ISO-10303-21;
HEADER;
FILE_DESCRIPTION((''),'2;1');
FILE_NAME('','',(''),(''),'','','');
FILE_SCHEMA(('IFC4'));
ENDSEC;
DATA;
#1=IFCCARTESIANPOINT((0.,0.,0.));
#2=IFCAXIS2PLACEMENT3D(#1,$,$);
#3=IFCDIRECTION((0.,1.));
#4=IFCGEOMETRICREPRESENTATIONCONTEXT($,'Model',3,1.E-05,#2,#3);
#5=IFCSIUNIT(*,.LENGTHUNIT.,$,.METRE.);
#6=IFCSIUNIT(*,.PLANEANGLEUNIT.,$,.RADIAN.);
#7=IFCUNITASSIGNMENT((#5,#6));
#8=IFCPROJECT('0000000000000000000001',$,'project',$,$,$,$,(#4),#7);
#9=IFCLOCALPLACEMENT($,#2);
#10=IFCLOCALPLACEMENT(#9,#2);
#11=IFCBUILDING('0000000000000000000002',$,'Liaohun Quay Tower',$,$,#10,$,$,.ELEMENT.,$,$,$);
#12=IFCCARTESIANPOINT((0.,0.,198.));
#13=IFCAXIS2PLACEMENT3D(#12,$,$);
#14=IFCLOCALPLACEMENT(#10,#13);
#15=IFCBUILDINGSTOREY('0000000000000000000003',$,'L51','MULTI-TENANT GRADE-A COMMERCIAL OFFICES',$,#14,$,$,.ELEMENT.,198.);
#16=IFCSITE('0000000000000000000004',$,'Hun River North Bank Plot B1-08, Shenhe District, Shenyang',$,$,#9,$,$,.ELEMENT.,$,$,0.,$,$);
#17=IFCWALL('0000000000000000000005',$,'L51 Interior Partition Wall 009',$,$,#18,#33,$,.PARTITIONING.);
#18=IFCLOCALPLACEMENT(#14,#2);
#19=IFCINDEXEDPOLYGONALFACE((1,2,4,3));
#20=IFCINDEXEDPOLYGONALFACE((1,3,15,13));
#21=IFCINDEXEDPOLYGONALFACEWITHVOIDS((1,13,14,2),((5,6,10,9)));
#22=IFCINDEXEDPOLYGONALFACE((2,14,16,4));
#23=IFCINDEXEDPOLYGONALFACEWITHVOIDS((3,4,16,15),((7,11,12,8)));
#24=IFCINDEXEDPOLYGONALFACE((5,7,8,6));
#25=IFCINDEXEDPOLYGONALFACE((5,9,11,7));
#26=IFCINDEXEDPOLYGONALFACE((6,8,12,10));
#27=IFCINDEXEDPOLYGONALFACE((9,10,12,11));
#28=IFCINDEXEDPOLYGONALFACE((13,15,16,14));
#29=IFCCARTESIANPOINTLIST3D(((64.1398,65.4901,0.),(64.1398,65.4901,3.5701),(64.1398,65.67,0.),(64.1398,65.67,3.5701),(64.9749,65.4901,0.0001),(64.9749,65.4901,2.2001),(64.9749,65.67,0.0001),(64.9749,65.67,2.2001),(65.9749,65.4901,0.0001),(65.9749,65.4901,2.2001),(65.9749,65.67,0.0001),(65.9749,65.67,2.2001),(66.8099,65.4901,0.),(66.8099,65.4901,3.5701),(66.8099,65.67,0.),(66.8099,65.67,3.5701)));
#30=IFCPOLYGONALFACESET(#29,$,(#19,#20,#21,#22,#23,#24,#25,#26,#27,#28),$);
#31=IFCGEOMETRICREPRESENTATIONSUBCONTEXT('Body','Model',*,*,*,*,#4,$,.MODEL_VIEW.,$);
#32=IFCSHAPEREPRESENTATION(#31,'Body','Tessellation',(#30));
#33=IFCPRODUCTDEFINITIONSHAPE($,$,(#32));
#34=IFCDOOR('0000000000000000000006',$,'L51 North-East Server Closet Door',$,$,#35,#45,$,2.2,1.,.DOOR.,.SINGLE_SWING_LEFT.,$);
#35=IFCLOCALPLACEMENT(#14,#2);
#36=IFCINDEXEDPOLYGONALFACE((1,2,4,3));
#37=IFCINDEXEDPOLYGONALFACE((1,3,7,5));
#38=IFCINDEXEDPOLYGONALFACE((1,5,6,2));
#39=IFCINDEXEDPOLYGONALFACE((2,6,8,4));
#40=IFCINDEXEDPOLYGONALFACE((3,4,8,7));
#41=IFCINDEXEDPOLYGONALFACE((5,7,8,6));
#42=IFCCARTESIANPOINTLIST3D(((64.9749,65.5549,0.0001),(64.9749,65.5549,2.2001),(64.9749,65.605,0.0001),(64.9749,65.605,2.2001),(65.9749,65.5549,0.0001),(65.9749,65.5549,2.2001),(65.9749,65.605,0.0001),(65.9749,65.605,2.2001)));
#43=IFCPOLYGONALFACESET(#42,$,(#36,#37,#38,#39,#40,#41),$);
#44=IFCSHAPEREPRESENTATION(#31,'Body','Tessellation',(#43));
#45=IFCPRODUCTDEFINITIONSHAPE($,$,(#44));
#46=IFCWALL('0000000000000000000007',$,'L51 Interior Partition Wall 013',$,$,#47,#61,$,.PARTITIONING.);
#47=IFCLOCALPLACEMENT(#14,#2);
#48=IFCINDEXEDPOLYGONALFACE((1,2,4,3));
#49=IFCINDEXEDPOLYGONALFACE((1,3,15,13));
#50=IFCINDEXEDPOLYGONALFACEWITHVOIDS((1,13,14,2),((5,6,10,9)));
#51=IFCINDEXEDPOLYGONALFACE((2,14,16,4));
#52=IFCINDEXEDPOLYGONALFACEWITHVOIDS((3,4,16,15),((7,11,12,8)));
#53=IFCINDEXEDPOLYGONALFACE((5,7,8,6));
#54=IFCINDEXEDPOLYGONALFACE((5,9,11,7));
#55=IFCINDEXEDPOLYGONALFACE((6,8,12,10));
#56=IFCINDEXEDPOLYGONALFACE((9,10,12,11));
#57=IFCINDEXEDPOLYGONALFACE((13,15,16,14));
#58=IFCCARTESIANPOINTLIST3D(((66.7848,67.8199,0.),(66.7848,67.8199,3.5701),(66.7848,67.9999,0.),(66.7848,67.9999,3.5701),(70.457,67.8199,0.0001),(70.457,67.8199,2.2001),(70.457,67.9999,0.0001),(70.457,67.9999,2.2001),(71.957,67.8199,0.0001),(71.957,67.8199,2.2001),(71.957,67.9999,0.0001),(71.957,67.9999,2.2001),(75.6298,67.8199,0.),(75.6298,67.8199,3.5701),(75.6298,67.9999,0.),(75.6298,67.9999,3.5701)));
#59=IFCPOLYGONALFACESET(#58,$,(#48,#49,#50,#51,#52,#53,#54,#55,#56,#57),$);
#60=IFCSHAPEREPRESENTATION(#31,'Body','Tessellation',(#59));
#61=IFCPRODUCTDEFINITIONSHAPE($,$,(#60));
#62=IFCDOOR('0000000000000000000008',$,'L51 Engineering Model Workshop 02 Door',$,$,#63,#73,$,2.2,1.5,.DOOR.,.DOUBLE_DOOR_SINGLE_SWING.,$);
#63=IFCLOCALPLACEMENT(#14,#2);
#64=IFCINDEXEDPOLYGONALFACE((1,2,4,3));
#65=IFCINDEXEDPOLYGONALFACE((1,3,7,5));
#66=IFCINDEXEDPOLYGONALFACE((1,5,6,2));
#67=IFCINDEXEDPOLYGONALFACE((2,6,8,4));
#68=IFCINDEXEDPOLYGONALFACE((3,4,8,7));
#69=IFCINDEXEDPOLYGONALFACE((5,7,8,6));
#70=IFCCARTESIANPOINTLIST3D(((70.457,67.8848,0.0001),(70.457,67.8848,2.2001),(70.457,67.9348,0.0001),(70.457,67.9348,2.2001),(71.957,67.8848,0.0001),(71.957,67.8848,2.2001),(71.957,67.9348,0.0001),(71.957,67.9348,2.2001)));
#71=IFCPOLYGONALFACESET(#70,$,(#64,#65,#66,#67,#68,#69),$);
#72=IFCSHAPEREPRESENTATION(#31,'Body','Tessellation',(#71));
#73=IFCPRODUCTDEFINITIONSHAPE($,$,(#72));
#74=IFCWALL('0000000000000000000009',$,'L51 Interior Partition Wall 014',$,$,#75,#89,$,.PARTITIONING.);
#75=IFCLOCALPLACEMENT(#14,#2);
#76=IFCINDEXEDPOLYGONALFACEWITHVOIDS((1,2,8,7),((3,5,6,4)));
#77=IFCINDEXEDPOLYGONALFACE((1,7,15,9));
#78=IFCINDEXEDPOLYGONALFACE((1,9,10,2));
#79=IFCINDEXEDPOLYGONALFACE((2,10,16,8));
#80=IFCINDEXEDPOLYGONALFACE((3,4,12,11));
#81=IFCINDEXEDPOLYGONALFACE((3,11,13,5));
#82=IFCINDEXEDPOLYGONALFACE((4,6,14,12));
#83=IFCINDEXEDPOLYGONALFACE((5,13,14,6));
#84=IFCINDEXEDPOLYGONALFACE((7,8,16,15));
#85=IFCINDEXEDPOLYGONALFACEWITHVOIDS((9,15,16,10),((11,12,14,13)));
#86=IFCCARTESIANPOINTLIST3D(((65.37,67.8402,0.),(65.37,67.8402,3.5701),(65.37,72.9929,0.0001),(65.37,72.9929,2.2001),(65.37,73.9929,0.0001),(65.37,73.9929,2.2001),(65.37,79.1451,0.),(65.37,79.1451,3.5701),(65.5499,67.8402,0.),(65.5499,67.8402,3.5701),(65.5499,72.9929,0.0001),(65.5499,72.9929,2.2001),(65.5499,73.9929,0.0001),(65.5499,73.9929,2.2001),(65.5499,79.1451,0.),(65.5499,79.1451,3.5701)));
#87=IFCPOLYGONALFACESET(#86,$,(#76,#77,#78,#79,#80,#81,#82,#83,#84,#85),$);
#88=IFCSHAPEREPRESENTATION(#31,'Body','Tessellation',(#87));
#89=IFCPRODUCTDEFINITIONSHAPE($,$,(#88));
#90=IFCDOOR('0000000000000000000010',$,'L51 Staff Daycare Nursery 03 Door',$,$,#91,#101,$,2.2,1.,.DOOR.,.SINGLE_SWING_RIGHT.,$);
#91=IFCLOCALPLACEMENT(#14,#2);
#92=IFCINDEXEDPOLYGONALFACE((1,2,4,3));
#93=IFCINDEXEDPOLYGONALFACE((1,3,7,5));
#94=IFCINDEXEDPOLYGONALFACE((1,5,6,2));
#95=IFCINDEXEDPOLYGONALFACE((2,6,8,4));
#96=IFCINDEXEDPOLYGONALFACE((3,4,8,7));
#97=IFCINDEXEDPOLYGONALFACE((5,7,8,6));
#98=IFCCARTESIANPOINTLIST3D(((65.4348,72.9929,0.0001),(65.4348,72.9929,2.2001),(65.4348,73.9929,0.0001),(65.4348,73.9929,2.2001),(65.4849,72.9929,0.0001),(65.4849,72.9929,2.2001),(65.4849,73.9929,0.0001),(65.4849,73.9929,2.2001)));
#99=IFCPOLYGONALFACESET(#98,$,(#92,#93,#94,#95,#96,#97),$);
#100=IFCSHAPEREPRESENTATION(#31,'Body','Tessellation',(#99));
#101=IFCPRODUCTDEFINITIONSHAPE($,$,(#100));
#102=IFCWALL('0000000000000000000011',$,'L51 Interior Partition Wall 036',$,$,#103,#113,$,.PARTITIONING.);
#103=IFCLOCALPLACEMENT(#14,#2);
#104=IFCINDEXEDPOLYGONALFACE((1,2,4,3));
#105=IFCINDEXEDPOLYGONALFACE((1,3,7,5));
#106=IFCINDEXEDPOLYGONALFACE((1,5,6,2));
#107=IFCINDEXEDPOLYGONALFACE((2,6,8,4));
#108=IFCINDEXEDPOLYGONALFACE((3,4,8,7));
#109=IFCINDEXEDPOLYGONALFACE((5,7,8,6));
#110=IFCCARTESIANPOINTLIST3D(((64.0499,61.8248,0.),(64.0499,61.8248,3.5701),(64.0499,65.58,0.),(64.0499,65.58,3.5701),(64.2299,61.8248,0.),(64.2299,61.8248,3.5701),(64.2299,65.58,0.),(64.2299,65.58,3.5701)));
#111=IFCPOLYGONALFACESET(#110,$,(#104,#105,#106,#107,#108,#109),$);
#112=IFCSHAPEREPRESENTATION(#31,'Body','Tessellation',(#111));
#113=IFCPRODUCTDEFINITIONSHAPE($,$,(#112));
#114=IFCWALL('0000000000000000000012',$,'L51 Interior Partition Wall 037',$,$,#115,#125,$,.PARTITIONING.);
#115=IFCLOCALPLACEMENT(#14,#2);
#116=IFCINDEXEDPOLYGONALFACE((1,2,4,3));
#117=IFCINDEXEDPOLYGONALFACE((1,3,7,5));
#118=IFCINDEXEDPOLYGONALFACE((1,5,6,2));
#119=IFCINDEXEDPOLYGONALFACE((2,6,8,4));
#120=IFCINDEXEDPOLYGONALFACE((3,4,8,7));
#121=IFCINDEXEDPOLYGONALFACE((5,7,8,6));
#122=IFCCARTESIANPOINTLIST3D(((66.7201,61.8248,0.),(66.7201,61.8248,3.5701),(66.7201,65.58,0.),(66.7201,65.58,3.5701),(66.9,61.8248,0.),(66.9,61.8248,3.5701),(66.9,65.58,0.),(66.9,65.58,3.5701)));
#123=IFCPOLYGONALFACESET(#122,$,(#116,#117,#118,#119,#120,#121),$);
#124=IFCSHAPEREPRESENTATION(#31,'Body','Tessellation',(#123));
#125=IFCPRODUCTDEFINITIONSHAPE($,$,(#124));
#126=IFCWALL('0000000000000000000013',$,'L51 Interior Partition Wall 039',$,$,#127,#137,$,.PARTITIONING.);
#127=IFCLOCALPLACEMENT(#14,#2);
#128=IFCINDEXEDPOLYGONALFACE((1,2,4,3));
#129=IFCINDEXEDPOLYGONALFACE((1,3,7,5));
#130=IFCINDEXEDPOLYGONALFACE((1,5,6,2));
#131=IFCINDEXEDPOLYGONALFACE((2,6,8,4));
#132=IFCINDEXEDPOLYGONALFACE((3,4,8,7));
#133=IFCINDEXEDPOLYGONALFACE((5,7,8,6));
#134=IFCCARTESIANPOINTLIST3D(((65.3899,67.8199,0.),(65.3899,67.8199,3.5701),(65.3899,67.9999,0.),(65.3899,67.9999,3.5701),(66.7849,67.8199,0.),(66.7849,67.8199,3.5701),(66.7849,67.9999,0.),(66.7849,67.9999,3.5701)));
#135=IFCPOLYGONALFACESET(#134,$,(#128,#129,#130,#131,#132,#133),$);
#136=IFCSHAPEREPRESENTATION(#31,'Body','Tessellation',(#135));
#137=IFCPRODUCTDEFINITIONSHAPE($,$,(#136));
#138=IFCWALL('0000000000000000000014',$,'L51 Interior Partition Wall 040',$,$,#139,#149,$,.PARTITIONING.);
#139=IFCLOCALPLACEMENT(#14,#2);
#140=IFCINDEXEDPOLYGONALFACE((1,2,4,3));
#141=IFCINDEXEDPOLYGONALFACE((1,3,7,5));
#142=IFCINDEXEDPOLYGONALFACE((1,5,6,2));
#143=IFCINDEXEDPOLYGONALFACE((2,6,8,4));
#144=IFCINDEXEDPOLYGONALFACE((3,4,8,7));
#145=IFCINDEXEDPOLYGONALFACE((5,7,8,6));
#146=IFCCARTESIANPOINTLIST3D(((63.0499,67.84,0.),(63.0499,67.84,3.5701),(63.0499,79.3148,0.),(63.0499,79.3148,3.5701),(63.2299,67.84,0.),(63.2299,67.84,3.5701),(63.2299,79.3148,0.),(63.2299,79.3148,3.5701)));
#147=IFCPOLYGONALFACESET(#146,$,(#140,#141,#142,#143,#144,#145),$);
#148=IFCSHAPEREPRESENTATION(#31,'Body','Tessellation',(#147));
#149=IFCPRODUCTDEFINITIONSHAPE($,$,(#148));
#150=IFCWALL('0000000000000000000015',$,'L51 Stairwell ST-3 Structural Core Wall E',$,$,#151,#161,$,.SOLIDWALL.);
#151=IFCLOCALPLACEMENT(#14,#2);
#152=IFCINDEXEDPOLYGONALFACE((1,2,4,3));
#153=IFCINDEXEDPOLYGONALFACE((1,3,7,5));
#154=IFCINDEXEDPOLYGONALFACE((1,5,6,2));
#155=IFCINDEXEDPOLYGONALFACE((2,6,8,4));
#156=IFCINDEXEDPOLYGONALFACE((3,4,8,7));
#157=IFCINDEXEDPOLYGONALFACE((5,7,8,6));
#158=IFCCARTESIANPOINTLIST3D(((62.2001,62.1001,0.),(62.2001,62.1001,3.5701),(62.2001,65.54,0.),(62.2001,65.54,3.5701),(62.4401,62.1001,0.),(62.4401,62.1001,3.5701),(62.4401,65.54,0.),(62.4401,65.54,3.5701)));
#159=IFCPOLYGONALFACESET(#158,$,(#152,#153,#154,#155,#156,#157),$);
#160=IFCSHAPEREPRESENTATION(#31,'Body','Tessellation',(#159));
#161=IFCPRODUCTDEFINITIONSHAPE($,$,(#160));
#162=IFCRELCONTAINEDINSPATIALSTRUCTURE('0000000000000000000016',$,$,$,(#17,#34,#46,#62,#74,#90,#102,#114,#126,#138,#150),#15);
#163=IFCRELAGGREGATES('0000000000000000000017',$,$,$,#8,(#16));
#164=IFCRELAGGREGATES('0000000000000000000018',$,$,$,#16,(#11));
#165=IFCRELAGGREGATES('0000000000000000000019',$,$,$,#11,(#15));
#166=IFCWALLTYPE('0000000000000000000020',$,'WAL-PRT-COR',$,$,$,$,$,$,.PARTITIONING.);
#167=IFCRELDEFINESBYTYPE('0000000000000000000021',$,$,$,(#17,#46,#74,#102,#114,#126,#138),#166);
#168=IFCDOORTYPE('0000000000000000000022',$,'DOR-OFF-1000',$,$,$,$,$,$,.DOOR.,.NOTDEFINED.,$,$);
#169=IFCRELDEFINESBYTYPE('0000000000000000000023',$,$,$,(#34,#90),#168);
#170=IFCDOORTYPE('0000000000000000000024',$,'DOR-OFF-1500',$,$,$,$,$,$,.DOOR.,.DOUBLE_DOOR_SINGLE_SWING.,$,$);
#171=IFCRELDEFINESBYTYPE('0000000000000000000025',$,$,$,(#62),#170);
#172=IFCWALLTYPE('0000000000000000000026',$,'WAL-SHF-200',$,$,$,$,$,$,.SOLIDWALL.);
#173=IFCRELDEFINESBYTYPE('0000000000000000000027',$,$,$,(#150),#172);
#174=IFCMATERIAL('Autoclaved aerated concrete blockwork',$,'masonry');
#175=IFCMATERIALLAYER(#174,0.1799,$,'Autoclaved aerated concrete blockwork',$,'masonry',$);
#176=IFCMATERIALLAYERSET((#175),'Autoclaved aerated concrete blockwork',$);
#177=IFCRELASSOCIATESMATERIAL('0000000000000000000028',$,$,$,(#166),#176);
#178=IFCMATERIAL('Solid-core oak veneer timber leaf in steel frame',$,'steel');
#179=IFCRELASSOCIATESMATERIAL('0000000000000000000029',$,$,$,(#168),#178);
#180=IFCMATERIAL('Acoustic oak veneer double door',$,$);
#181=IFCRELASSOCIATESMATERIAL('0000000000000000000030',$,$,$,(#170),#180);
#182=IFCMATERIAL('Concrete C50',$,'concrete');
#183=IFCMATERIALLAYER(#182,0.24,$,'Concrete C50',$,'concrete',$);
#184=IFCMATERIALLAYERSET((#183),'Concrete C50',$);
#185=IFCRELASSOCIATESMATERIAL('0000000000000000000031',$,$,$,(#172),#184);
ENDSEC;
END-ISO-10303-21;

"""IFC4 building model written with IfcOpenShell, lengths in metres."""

from ifc_helpers import new_model, si_unit, direction, frame, frame_2d, origin, place, context, subcontext, project, spatial, rectangle, extrude, source, transform, mapped, material, layer, layer_set, type_object, element, fill, save


model = new_model("IFC4")

# Units and contexts
model_context = context("Model", 3, precision=1e-05, world=origin(), true_north=direction((0.0, 1.0)))
body_context = subcontext(model_context, "Body", "Model", "MODEL_VIEW")
ifc_project = project(units=[si_unit("LENGTHUNIT", "METRE"), si_unit("PLANEANGLEUNIT", "RADIAN")], contexts=[model_context])

# Site, building, storey
site_placement = place(None, origin())
site = spatial("IfcSite", under=ifc_project, at=site_placement, Name="Hun River North Bank Plot B1-08, Shenhe District, Shenyang", CompositionType="ELEMENT", RefElevation=0.0)
building_placement = place(site_placement, origin())
building = spatial("IfcBuilding", under=site, at=building_placement, Name="Liaohun Quay Tower", CompositionType="ELEMENT")
storey_placement = place(building_placement, frame((0.0, 0.0, 198.0)))
storey = spatial("IfcBuildingStorey", under=building, at=storey_placement, Name="L51", Description="MULTI-TENANT GRADE-A COMMERCIAL OFFICES", CompositionType="ELEMENT", Elevation=198.0)

# Walls, openings, doors
ifc_material_1 = material(Name="Autoclaved aerated concrete blockwork", Category="masonry")
ifc_layer_1 = layer(ifc_material_1, 0.1799, Name="Autoclaved aerated concrete blockwork", Category="masonry")
ifc_layer_set_1 = layer_set([ifc_layer_1], Name="Autoclaved aerated concrete blockwork")
wall_type_1 = type_object("IfcWallType", Name="WAL-PRT-COR", PredefinedType="PARTITIONING", material=ifc_layer_set_1)
wall_1_placement = place(storey_placement, frame((64.1399, 65.5801, 0.0), z_axis=(0.0, 0.0, 1.0), x_axis=(1.0, 0.0, 0.0)))
wall_1 = element("IfcWall", 1, at=wall_1_placement, inside=storey, type_object=wall_type_1, Name="L51 Interior Partition Wall 009", PredefinedType="PARTITIONING", context=body_context, shape_type="SweptSolid", body=[
    extrude(rectangle(XDim=2.6702, YDim=0.1799, at=frame_2d((1.335, 0.0))), origin(), (0.0, 0.0, 1.0), 3.5701),
])
shared_shape_1 = source(origin(), body_context, "Body", "SweptSolid", [
    extrude(rectangle(XDim=1.0, YDim=2.2, at=frame_2d((0.5, 1.1001))), frame((0.0, 0.0999, 0.0), z_axis=(0.0, -1.0, 0.0), x_axis=(1.0, 0.0, 0.0)), (0.0, 0.0, 1.0), 0.2),
])
opening_1_placement = place(wall_1_placement, frame((0.835, 0.0, 0.0)))
opening_1 = element("IfcOpeningElement", 2, at=opening_1_placement, cuts=wall_1, PredefinedType="OPENING", context=body_context, shape_type="MappedRepresentation", body=[
    mapped(shared_shape_1, transform((0.0, 0.0, 0.0), x_axis=(1.0, 0.0, 0.0), y_axis=(0.0, 1.0, 0.0), z_axis=(0.0, 0.0, 1.0), scale=1.0)),
])
ifc_material_2 = material(Name="Solid-core oak veneer timber leaf in steel frame", Category="steel")
door_type_1 = type_object("IfcDoorType", Name="DOR-OFF-1000", OperationType="NOTDEFINED", PredefinedType="DOOR", material=ifc_material_2)
shared_shape_2 = source(origin(), body_context, "Body", "SweptSolid", [
    extrude(rectangle(XDim=1.0, YDim=2.2, at=frame_2d((0.5, 1.1001))), frame((0.0, 0.0249, 0.0), z_axis=(0.0, -1.0, 0.0), x_axis=(1.0, 0.0, 0.0)), (0.0, 0.0, 1.0), 0.05),
])
door_1_placement = place(opening_1_placement, origin())
door_1 = element("IfcDoor", 3, at=door_1_placement, inside=storey, type_object=door_type_1, Name="L51 North-East Server Closet Door", OperationType="SINGLE_SWING_LEFT", OverallHeight=2.2, OverallWidth=1.0, PredefinedType="DOOR", context=body_context, shape_type="MappedRepresentation", body=[
    mapped(shared_shape_2, transform((0.0, 0.0, 0.0), x_axis=(1.0, 0.0, 0.0), y_axis=(0.0, 1.0, 0.0), z_axis=(0.0, 0.0, 1.0), scale=1.0)),
])
fill(opening_1, door_1)
wall_2_placement = place(storey_placement, frame((66.7849, 67.9099, 0.0), z_axis=(0.0, 0.0, 1.0), x_axis=(1.0, 0.0, 0.0)))
wall_2 = element("IfcWall", 4, at=wall_2_placement, inside=storey, type_object=wall_type_1, Name="L51 Interior Partition Wall 013", PredefinedType="PARTITIONING", context=body_context, shape_type="SweptSolid", body=[
    extrude(rectangle(XDim=8.845, YDim=0.1799, at=frame_2d((4.4224, 0.0))), origin(), (0.0, 0.0, 1.0), 3.5701),
])
shared_shape_3 = source(origin(), body_context, "Body", "SweptSolid", [
    extrude(rectangle(XDim=1.5, YDim=2.2, at=frame_2d((0.75, 1.1001))), frame((0.0, 0.0999, 0.0), z_axis=(0.0, -1.0, 0.0), x_axis=(1.0, 0.0, 0.0)), (0.0, 0.0, 1.0), 0.2),
])
opening_2_placement = place(wall_2_placement, frame((3.6721, 0.0, 0.0)))
opening_2 = element("IfcOpeningElement", 5, at=opening_2_placement, cuts=wall_2, PredefinedType="OPENING", context=body_context, shape_type="MappedRepresentation", body=[
    mapped(shared_shape_3, transform((0.0, 0.0, 0.0), x_axis=(1.0, 0.0, 0.0), y_axis=(0.0, 1.0, 0.0), z_axis=(0.0, 0.0, 1.0), scale=1.0)),
])
ifc_material_3 = material(Name="Acoustic oak veneer double door")
door_type_2 = type_object("IfcDoorType", Name="DOR-OFF-1500", OperationType="DOUBLE_DOOR_SINGLE_SWING", PredefinedType="DOOR", material=ifc_material_3)
shared_shape_4 = source(origin(), body_context, "Body", "SweptSolid", [
    extrude(rectangle(XDim=1.5, YDim=2.2, at=frame_2d((0.75, 1.1001))), frame((0.0, 0.0249, 0.0), z_axis=(0.0, -1.0, 0.0), x_axis=(1.0, 0.0, 0.0)), (0.0, 0.0, 1.0), 0.05),
])
door_2_placement = place(opening_2_placement, origin())
door_2 = element("IfcDoor", 6, at=door_2_placement, inside=storey, type_object=door_type_2, Name="L51 Engineering Model Workshop 02 Door", OperationType="DOUBLE_DOOR_SINGLE_SWING", OverallHeight=2.2, OverallWidth=1.5, PredefinedType="DOOR", context=body_context, shape_type="MappedRepresentation", body=[
    mapped(shared_shape_4, transform((0.0, 0.0, 0.0), x_axis=(1.0, 0.0, 0.0), y_axis=(0.0, 1.0, 0.0), z_axis=(0.0, 0.0, 1.0), scale=1.0)),
])
fill(opening_2, door_2)
wall_3_placement = place(storey_placement, frame((65.46, 79.145, 0.0), z_axis=(0.0, 0.0, 1.0), x_axis=(0.0, -1.0, 0.0)))
wall_3 = element("IfcWall", 7, at=wall_3_placement, inside=storey, type_object=wall_type_1, Name="L51 Interior Partition Wall 014", PredefinedType="PARTITIONING", context=body_context, shape_type="SweptSolid", body=[
    extrude(rectangle(XDim=11.3049, YDim=0.1799, at=frame_2d((5.6523, 0.0))), origin(), (0.0, 0.0, 1.0), 3.5701),
])
opening_3_placement = place(wall_3_placement, frame((5.1521, 0.0, 0.0)))
opening_3 = element("IfcOpeningElement", 8, at=opening_3_placement, cuts=wall_3, PredefinedType="OPENING", context=body_context, shape_type="MappedRepresentation", body=[
    mapped(shared_shape_1, transform((0.0, 0.0, 0.0), x_axis=(1.0, 0.0, 0.0), y_axis=(0.0, 1.0, 0.0), z_axis=(0.0, 0.0, 1.0), scale=1.0)),
])
door_3_placement = place(opening_3_placement, origin())
door_3 = element("IfcDoor", 9, at=door_3_placement, inside=storey, type_object=door_type_1, Name="L51 Staff Daycare Nursery 03 Door", OperationType="SINGLE_SWING_RIGHT", OverallHeight=2.2, OverallWidth=1.0, PredefinedType="DOOR", context=body_context, shape_type="MappedRepresentation", body=[
    mapped(shared_shape_2, transform((0.0, 0.0, 0.0), x_axis=(1.0, 0.0, 0.0), y_axis=(0.0, 1.0, 0.0), z_axis=(0.0, 0.0, 1.0), scale=1.0)),
])
fill(opening_3, door_3)

# Walls
for number, where, z_axis, x_axis, name in (
    (10, (64.1399, 61.825, 0.0), (0.0, 0.0, 1.0), (0.0, 1.0, 0.0), "L51 Interior Partition Wall 036"),
    (11, (66.8101, 61.825, 0.0), (0.0, 0.0, 1.0), (0.0, 1.0, 0.0), "L51 Interior Partition Wall 037"),
):
    element("IfcWall", number, at=place(storey_placement, frame(where, z_axis=z_axis, x_axis=x_axis)), inside=storey, type_object=wall_type_1, Name=name, PredefinedType="PARTITIONING", context=body_context, shape_type="SweptSolid", body=[
        extrude(rectangle(XDim=3.7551, YDim=0.1799, at=frame_2d((1.8774, 0.0))), origin(), (0.0, 0.0, 1.0), 3.5701),
    ])
wall_4_placement = place(storey_placement, frame((65.3899, 67.9099, 0.0), z_axis=(0.0, 0.0, 1.0), x_axis=(1.0, 0.0, 0.0)))
element("IfcWall", 12, at=wall_4_placement, inside=storey, type_object=wall_type_1, Name="L51 Interior Partition Wall 039", PredefinedType="PARTITIONING", context=body_context, shape_type="SweptSolid", body=[
    extrude(rectangle(XDim=1.395, YDim=0.1799, at=frame_2d((0.6975, 0.0))), origin(), (0.0, 0.0, 1.0), 3.5701),
])
wall_5_placement = place(storey_placement, frame((63.1399, 67.8401, 0.0), z_axis=(0.0, 0.0, 1.0), x_axis=(0.0, 1.0, 0.0)))
element("IfcWall", 13, at=wall_5_placement, inside=storey, type_object=wall_type_1, Name="L51 Interior Partition Wall 040", PredefinedType="PARTITIONING", context=body_context, shape_type="SweptSolid", body=[
    extrude(rectangle(XDim=11.4749, YDim=0.1799, at=frame_2d((5.7373, 0.0))), origin(), (0.0, 0.0, 1.0), 3.5701),
])
ifc_material_4 = material(Name="Concrete C50", Category="concrete")
ifc_layer_2 = layer(ifc_material_4, 0.24, Name="Concrete C50", Category="concrete")
ifc_layer_set_2 = layer_set([ifc_layer_2], Name="Concrete C50")
wall_type_2 = type_object("IfcWallType", Name="WAL-SHF-200", PredefinedType="SOLIDWALL", material=ifc_layer_set_2)
wall_6_placement = place(storey_placement, frame((62.3201, 62.1001, 0.0), z_axis=(0.0, 0.0, 1.0), x_axis=(0.0, 1.0, 0.0)))
element("IfcWall", 14, at=wall_6_placement, inside=storey, type_object=wall_type_2, Name="L51 Stairwell ST-3 Structural Core Wall E", PredefinedType="SOLIDWALL", context=body_context, shape_type="SweptSolid", body=[
    extrude(rectangle(XDim=3.4399, YDim=0.24, at=frame_2d((1.72, 0.0))), origin(), (0.0, 0.0, 1.0), 3.5701),
])

save(model, "model.ifc")
